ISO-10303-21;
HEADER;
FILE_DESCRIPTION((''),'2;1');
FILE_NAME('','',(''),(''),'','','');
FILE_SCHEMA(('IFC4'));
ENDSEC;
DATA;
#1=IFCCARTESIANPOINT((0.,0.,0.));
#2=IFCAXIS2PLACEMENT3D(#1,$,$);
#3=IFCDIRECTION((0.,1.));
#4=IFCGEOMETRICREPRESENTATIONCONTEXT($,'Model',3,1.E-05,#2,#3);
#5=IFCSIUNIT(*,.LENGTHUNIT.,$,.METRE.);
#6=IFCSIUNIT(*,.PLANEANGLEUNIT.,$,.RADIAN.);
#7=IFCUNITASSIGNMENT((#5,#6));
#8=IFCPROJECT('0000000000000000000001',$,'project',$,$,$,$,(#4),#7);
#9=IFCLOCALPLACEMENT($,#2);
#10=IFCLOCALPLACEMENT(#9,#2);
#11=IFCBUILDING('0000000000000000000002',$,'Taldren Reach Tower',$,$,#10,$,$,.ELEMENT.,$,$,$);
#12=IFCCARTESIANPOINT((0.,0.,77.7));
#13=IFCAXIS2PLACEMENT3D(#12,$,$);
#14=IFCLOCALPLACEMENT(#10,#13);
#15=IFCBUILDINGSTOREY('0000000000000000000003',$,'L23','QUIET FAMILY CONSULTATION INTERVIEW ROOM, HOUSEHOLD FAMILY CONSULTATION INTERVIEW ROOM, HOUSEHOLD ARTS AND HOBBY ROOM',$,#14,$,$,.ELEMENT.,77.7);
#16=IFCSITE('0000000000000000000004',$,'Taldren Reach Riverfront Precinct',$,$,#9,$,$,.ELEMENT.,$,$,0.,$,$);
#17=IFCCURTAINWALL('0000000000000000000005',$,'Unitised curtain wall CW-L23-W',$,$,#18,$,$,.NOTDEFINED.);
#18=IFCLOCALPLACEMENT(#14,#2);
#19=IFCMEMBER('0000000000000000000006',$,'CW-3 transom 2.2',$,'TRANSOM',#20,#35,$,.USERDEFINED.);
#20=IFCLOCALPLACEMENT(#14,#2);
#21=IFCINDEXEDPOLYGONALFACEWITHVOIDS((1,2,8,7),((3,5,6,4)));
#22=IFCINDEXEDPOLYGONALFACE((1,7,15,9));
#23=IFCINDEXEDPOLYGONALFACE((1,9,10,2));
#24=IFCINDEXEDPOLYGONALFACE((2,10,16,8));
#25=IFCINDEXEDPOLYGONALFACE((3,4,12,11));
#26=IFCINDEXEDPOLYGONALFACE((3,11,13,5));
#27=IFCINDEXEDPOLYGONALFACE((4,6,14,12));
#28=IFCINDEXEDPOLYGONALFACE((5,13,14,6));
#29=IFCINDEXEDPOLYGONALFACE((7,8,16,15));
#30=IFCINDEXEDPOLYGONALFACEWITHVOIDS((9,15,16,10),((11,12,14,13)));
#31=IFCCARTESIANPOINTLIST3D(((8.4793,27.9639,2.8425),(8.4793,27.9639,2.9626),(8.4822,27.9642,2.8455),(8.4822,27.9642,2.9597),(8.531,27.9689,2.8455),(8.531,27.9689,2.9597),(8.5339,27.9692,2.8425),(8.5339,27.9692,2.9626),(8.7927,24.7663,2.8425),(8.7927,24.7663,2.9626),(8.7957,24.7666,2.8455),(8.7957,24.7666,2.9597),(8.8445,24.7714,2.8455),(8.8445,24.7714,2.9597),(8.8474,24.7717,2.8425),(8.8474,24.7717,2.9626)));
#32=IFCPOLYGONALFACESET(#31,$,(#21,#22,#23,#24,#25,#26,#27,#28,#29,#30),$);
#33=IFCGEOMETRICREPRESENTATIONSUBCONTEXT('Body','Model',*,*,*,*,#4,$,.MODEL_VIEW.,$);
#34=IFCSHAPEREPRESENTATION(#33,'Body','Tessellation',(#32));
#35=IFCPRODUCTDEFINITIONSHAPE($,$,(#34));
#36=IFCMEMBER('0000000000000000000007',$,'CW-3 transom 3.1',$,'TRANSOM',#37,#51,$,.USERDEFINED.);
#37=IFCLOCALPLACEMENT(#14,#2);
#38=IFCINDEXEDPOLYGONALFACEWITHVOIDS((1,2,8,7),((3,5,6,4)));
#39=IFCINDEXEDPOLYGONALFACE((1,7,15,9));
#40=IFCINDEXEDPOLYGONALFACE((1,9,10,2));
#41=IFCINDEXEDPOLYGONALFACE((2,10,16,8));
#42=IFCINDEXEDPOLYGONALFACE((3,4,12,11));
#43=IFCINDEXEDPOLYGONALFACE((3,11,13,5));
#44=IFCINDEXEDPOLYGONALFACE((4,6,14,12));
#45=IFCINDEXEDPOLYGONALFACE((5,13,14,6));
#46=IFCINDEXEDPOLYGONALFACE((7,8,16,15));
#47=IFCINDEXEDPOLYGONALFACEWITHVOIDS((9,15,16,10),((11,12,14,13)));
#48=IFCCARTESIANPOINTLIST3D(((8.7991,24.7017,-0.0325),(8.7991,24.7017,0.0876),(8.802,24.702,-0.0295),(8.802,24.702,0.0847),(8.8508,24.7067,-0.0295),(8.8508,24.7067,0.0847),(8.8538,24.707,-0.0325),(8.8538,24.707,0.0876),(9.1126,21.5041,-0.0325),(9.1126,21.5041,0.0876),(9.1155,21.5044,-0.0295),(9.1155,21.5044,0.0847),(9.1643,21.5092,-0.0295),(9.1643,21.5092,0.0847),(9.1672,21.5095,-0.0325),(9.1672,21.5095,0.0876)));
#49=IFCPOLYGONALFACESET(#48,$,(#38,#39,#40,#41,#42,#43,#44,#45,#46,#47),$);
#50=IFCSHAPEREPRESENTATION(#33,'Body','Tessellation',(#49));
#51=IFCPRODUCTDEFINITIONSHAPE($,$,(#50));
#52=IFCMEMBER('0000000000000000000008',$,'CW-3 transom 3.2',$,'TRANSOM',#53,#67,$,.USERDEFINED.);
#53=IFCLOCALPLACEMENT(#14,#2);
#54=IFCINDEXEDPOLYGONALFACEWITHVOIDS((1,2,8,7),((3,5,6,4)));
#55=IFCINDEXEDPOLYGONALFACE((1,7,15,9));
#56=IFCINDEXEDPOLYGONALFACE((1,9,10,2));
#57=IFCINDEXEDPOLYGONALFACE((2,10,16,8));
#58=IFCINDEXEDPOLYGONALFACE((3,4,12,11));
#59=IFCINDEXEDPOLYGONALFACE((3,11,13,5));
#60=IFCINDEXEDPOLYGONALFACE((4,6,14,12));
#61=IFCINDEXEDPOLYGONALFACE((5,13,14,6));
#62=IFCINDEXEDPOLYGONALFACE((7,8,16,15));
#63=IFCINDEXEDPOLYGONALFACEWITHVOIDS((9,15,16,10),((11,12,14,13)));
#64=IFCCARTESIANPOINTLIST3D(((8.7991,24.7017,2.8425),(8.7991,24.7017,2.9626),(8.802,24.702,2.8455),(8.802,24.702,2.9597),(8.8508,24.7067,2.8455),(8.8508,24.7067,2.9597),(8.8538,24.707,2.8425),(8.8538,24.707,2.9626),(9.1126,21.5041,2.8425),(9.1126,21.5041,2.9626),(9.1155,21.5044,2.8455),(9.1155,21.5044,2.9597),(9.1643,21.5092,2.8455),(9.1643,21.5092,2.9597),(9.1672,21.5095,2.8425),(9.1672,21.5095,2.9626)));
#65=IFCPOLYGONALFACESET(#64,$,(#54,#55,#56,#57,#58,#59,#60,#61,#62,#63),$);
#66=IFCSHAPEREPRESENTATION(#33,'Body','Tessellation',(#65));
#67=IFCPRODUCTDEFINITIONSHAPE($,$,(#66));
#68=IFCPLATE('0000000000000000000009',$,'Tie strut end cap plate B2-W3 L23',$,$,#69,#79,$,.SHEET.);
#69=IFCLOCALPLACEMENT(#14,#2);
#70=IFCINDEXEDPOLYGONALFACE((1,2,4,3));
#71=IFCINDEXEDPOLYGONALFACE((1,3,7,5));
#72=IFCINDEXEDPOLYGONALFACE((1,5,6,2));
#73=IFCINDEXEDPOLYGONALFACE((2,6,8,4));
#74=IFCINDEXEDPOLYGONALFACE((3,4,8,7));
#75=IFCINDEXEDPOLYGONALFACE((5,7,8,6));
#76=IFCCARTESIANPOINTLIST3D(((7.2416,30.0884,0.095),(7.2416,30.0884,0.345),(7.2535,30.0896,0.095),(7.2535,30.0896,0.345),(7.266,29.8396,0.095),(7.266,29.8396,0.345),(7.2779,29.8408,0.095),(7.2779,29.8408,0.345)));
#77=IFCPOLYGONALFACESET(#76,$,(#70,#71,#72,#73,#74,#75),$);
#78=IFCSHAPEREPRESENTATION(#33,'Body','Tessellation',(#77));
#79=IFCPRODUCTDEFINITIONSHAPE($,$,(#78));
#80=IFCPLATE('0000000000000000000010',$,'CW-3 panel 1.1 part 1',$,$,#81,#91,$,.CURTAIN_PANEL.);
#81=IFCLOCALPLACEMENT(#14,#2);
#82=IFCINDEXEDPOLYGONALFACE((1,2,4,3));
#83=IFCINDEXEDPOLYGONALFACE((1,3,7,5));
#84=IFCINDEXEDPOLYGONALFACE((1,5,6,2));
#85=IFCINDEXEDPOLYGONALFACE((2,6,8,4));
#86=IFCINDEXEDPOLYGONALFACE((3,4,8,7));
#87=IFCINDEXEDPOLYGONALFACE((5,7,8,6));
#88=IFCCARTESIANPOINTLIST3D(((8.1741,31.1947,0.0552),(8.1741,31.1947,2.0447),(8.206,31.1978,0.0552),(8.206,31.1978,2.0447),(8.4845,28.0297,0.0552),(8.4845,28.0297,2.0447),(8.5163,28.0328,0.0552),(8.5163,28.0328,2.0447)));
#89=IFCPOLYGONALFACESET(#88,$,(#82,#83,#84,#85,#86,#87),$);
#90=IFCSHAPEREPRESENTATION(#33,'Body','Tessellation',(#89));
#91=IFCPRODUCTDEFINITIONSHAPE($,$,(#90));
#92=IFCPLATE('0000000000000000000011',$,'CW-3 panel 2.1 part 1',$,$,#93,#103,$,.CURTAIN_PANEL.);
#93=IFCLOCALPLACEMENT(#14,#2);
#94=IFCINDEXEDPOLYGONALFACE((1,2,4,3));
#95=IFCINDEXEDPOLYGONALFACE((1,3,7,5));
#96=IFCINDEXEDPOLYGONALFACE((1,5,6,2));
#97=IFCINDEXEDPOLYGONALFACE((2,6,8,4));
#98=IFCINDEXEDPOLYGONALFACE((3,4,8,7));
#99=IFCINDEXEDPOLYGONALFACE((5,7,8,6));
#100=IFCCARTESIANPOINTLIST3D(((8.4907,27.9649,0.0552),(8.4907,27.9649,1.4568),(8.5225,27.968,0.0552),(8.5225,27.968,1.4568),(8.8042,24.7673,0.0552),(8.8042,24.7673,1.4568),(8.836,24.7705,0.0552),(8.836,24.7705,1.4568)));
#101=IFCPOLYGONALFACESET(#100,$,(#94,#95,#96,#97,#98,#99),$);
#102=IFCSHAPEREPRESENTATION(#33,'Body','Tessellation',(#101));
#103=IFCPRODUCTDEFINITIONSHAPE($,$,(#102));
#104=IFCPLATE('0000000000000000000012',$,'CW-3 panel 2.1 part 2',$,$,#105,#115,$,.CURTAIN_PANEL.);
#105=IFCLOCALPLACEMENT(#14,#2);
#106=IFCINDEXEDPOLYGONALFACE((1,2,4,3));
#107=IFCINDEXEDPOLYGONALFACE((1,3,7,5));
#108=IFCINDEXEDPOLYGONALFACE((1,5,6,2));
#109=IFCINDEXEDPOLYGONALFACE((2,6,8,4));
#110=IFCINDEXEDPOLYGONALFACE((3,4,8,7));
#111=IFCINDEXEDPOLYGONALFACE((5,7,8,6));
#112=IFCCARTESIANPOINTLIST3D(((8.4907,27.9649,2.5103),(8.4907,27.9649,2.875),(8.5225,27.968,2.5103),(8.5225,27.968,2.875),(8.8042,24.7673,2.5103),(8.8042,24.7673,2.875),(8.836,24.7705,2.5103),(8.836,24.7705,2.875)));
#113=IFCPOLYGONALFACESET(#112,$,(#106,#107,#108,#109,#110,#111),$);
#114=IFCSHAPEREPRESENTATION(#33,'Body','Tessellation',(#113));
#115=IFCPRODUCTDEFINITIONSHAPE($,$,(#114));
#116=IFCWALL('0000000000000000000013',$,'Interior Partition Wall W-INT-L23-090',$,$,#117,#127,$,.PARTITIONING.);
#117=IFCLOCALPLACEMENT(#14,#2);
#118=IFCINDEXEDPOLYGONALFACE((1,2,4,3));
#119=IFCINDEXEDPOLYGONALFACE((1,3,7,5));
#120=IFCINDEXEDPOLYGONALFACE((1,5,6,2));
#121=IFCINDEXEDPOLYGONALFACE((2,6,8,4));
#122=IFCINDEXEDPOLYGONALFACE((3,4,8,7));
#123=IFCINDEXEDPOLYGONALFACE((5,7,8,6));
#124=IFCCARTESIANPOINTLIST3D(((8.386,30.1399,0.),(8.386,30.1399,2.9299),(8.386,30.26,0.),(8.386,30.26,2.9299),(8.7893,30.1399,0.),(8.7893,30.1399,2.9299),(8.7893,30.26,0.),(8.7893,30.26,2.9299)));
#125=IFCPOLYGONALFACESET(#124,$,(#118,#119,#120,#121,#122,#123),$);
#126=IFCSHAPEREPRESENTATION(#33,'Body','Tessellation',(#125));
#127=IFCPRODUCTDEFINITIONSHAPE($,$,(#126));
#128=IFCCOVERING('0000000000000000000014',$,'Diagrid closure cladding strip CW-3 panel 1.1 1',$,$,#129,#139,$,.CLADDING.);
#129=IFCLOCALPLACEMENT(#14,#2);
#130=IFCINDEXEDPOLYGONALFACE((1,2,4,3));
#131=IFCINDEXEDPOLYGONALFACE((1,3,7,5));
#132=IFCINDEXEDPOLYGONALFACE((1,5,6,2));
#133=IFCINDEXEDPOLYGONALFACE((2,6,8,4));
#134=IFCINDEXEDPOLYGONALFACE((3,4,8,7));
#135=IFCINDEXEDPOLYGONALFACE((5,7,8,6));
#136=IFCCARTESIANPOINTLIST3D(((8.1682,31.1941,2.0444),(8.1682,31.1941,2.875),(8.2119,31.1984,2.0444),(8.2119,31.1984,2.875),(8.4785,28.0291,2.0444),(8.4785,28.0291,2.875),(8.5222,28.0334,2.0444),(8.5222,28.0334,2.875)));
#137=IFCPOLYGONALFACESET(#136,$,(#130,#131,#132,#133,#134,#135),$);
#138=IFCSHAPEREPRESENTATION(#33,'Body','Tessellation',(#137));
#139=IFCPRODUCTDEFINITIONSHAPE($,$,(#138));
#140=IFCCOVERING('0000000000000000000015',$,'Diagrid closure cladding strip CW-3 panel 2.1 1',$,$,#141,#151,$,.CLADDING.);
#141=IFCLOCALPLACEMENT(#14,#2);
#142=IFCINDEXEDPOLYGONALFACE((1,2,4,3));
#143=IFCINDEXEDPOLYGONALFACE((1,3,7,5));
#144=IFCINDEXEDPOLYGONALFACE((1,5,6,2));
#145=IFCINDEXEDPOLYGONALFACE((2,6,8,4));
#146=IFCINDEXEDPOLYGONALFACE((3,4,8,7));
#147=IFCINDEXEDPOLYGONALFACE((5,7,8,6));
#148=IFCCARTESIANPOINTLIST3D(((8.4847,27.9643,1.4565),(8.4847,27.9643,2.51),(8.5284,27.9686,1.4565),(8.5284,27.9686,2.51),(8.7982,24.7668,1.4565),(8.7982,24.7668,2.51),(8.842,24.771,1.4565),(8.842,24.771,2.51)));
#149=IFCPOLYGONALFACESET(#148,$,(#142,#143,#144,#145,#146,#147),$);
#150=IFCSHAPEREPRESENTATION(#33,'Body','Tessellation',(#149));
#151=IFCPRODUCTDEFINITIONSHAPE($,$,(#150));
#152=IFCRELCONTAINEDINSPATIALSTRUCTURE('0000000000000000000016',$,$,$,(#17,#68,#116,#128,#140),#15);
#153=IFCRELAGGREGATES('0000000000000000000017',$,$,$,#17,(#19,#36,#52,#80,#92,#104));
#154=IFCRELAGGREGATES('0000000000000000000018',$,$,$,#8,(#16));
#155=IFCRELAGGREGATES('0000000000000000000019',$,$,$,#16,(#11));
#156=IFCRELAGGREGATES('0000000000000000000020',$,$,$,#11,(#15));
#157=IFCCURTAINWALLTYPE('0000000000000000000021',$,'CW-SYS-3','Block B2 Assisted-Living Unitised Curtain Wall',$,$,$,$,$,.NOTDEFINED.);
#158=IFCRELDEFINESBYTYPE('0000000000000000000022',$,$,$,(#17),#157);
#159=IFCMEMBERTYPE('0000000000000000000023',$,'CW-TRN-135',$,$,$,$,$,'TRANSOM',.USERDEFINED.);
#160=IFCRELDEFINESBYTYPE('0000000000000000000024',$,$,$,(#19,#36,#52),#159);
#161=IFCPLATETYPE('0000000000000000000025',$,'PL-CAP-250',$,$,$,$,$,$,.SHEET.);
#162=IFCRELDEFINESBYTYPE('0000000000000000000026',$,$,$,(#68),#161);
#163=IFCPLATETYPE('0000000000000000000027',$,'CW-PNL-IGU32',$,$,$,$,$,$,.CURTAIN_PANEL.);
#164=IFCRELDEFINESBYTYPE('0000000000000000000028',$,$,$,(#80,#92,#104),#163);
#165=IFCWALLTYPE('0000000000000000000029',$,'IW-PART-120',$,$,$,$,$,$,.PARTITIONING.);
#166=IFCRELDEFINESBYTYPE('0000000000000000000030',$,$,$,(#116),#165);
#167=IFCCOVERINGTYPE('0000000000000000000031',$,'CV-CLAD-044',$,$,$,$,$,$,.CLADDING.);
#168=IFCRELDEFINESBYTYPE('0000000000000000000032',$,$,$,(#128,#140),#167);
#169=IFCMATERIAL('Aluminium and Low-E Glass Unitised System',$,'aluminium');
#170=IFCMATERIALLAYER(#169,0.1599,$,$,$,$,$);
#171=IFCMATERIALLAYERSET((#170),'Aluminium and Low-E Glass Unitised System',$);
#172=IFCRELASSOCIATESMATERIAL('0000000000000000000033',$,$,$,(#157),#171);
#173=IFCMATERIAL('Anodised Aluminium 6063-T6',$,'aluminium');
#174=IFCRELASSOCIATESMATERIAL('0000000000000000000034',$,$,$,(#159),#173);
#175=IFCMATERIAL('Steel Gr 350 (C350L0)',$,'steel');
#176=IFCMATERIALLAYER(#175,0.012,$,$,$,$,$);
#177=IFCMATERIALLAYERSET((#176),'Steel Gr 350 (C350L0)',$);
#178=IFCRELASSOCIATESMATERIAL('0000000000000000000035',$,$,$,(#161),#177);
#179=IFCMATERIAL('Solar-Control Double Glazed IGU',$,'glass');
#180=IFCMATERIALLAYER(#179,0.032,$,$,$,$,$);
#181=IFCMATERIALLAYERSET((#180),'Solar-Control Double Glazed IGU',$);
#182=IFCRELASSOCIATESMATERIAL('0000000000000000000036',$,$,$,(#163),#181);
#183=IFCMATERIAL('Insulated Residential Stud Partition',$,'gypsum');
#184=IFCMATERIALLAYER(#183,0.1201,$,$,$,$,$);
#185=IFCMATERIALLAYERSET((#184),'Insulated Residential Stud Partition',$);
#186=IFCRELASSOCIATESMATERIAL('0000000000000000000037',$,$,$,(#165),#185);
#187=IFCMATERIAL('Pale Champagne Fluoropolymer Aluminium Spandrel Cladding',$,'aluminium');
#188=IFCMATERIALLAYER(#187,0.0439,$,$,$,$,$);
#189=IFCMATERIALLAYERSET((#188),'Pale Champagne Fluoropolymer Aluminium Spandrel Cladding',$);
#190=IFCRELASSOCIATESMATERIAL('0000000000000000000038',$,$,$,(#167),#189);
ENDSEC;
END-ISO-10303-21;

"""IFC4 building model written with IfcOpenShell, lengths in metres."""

from ifc_helpers import new_model, si_unit, direction, frame, frame_2d, origin, origin_2d, place, context, subcontext, project, spatial, rectangle, hollow_rectangle, extrude, source, transform, mapped, material, layer, layer_set, material_profile, profile_set, type_object, element, aggregate, save


model = new_model("IFC4")

# Units and contexts
model_context = context("Model", 3, precision=1e-05, world=origin(), true_north=direction((0.0, 1.0)))
body_context = subcontext(model_context, "Body", "Model", "MODEL_VIEW")
ifc_project = project(units=[si_unit("LENGTHUNIT", "METRE"), si_unit("PLANEANGLEUNIT", "RADIAN")], contexts=[model_context])

# Site, building, storey
site_placement = place(None, origin())
site = spatial("IfcSite", under=ifc_project, at=site_placement, Name="Taldren Reach Riverfront Precinct", CompositionType="ELEMENT", RefElevation=0.0)
building_placement = place(site_placement, origin())
building = spatial("IfcBuilding", under=site, at=building_placement, Name="Taldren Reach Tower", CompositionType="ELEMENT")
storey_placement = place(building_placement, frame((0.0, 0.0, 77.7)))
storey = spatial("IfcBuildingStorey", under=building, at=storey_placement, Name="L23", Description="QUIET FAMILY CONSULTATION INTERVIEW ROOM, HOUSEHOLD FAMILY CONSULTATION INTERVIEW ROOM, HOUSEHOLD ARTS AND HOBBY ROOM", CompositionType="ELEMENT", Elevation=77.7)

# Shared definitions
ifc_material_1 = material(Name="Steel Gr 350 (C350L0)", Category="steel")

# Curtain wall, members
ifc_material_2 = material(Name="Aluminium and Low-E Glass Unitised System", Category="aluminium")
ifc_layer_1 = layer(ifc_material_2, 0.1599)
ifc_layer_set_1 = layer_set([ifc_layer_1], Name="Aluminium and Low-E Glass Unitised System")
curtain_wall_type = type_object("IfcCurtainWallType", Name="CW-SYS-3", Description="Block B2 Assisted-Living Unitised Curtain Wall", PredefinedType="NOTDEFINED", material=ifc_layer_set_1)
curtain_wall_placement = place(storey_placement, origin())
curtain_wall = element("IfcCurtainWall", 1, at=curtain_wall_placement, inside=storey, type_object=curtain_wall_type, Name="Unitised curtain wall CW-L23-W", PredefinedType="NOTDEFINED")
ifc_material_3 = material(Name="Anodised Aluminium 6063-T6", Category="aluminium")
ifc_material_profile_1 = material_profile(ifc_material_3, hollow_rectangle(XDim=0.0549, YDim=0.1201, WallThickness=0.0029, at=origin_2d()), Name="ALU-120x55x3RHS")
ifc_profile_set_1 = profile_set([ifc_material_profile_1], Name="Anodised Aluminium 6063-T6")
member_type_1 = type_object("IfcMemberType", Name="CW-TRN-135", ElementType="TRANSOM", PredefinedType="USERDEFINED", material=ifc_profile_set_1)
shared_shape_1 = source(origin(), body_context, "Body", "SweptSolid", [
    extrude(hollow_rectangle(XDim=0.0549, YDim=0.1201, WallThickness=0.0029, at=origin_2d()), origin(), (0.0, 0.0, 1.0), 3.2129),
])
member_1_placement = place(storey_placement, frame((8.5066, 27.9666, 2.9026), z_axis=(0.09757, -0.995229, 0.0), x_axis=(0.995229, 0.09757, 0.0)))
member_1 = element("IfcMember", 2, at=member_1_placement, type_object=member_type_1, Name="CW-3 transom 2.2", ObjectType="TRANSOM", PredefinedType="USERDEFINED", context=body_context, shape_type="MappedRepresentation", body=[
    mapped(shared_shape_1, transform((0.0, 0.0, 0.0), scale=1.0)),
])
member_2_placement = place(storey_placement, frame((8.8264, 24.7043, 0.0276), z_axis=(0.09757, -0.995229, 0.0), x_axis=(0.995229, 0.09757, 0.0)))
member_2 = element("IfcMember", 3, at=member_2_placement, type_object=member_type_1, Name="CW-3 transom 3.1", ObjectType="TRANSOM", PredefinedType="USERDEFINED", context=body_context, shape_type="MappedRepresentation", body=[
    mapped(shared_shape_1, transform((0.0, 0.0, 0.0), scale=1.0)),
])
member_3_placement = place(storey_placement, frame((8.8264, 24.7043, 2.9026), z_axis=(0.09757, -0.995229, 0.0), x_axis=(0.995229, 0.09757, 0.0)))
member_3 = element("IfcMember", 4, at=member_3_placement, type_object=member_type_1, Name="CW-3 transom 3.2", ObjectType="TRANSOM", PredefinedType="USERDEFINED", context=body_context, shape_type="MappedRepresentation", body=[
    mapped(shared_shape_1, transform((0.0, 0.0, 0.0), scale=1.0)),
])

# Plates
ifc_layer_2 = layer(ifc_material_1, 0.012)
ifc_layer_set_2 = layer_set([ifc_layer_2], Name="Steel Gr 350 (C350L0)")
plate_type_1 = type_object("IfcPlateType", Name="PL-CAP-250", PredefinedType="SHEET", material=ifc_layer_set_2)
shared_shape_2 = source(origin(), body_context, "Body", "SweptSolid", [
    extrude(rectangle(XDim=0.012, YDim=0.25, at=origin_2d()), origin(), (0.0, 0.0, 1.0), 0.25),
])
plate_1_placement = place(storey_placement, frame((7.2598, 29.9646, 0.095), z_axis=(0.0, 0.0, 1.0), x_axis=(0.995227, 0.097583, 0.0)))
element("IfcPlate", 5, at=plate_1_placement, inside=storey, type_object=plate_type_1, Name="Tie strut end cap plate B2-W3 L23", PredefinedType="SHEET", context=body_context, shape_type="MappedRepresentation", body=[
    mapped(shared_shape_2, transform((0.0, 0.0, 0.0), scale=1.0)),
])
ifc_material_4 = material(Name="Solar-Control Double Glazed IGU", Category="glass")
ifc_layer_3 = layer(ifc_material_4, 0.032)
ifc_layer_set_3 = layer_set([ifc_layer_3], Name="Solar-Control Double Glazed IGU")
plate_type_2 = type_object("IfcPlateType", Name="CW-PNL-IGU32", PredefinedType="CURTAIN_PANEL", material=ifc_layer_set_3)
shared_shape_3 = source(origin(), body_context, "Body", "SweptSolid", [
    extrude(rectangle(XDim=3.1802, YDim=0.032, at=origin_2d()), origin(), (0.0, 0.0, 1.0), 1.9895),
])
plate_2_placement = place(storey_placement, frame((8.3452, 29.6138, 0.0552), z_axis=(0.0, 0.0, 1.0), x_axis=(0.097583, -0.995227, 0.0)))
plate_2 = element("IfcPlate", 6, at=plate_2_placement, type_object=plate_type_2, Name="CW-3 panel 1.1 part 1", PredefinedType="CURTAIN_PANEL", context=body_context, shape_type="MappedRepresentation", body=[
    mapped(shared_shape_3, transform((0.0, 0.0, 0.0), scale=1.0)),
])
shared_shape_4 = source(origin(), body_context, "Body", "SweptSolid", [
    extrude(rectangle(XDim=3.2129, YDim=0.032, at=origin_2d()), origin(), (0.0, 0.0, 1.0), 1.4016),
])
plate_3_placement = place(storey_placement, frame((8.6633, 26.3677, 0.0552), z_axis=(0.0, 0.0, 1.0), x_axis=(0.097583, -0.995227, 0.0)))
plate_3 = element("IfcPlate", 7, at=plate_3_placement, type_object=plate_type_2, Name="CW-3 panel 2.1 part 1", PredefinedType="CURTAIN_PANEL", context=body_context, shape_type="MappedRepresentation", body=[
    mapped(shared_shape_4, transform((0.0, 0.0, 0.0), scale=1.0)),
])
shared_shape_5 = source(origin(), body_context, "Body", "SweptSolid", [
    extrude(rectangle(XDim=3.2129, YDim=0.032, at=origin_2d()), origin(), (0.0, 0.0, 1.0), 0.3647),
])
plate_4_placement = place(storey_placement, frame((8.6633, 26.3677, 2.5103), z_axis=(0.0, 0.0, 1.0), x_axis=(0.097583, -0.995227, 0.0)))
plate_4 = element("IfcPlate", 8, at=plate_4_placement, type_object=plate_type_2, Name="CW-3 panel 2.1 part 2", PredefinedType="CURTAIN_PANEL", context=body_context, shape_type="MappedRepresentation", body=[
    mapped(shared_shape_5, transform((0.0, 0.0, 0.0), scale=1.0)),
])
aggregate(curtain_wall, [member_1, member_2, member_3, plate_2, plate_3, plate_4])

# Wall
ifc_material_5 = material(Name="Insulated Residential Stud Partition", Category="gypsum")
ifc_layer_4 = layer(ifc_material_5, 0.1201)
ifc_layer_set_4 = layer_set([ifc_layer_4], Name="Insulated Residential Stud Partition")
wall_type = type_object("IfcWallType", Name="IW-PART-120", PredefinedType="PARTITIONING", material=ifc_layer_set_4)
shared_shape_6 = source(origin(), body_context, "Body", "SweptSolid", [
    extrude(rectangle(XDim=0.4033, YDim=0.1201, at=frame_2d((0.2017, 0.0))), origin(), (0.0, 0.0, 1.0), 2.9299),
])
wall_placement = place(storey_placement, frame((8.386, 30.2, 0.0), z_axis=(0.0, 0.0, 1.0), x_axis=(1.0, 0.0, 0.0)))
element("IfcWall", 9, at=wall_placement, inside=storey, type_object=wall_type, Name="Interior Partition Wall W-INT-L23-090", PredefinedType="PARTITIONING", context=body_context, shape_type="MappedRepresentation", body=[
    mapped(shared_shape_6, transform((0.0, 0.0, 0.0), scale=1.0)),
])

# Coverings
ifc_material_6 = material(Name="Pale Champagne Fluoropolymer Aluminium Spandrel Cladding", Category="aluminium")
ifc_layer_5 = layer(ifc_material_6, 0.0439)
ifc_layer_set_5 = layer_set([ifc_layer_5], Name="Pale Champagne Fluoropolymer Aluminium Spandrel Cladding")
covering_type = type_object("IfcCoveringType", Name="CV-CLAD-044", PredefinedType="CLADDING", material=ifc_layer_set_5)
shared_shape_7 = source(origin(), body_context, "Body", "SweptSolid", [
    extrude(rectangle(XDim=3.1802, YDim=0.0439, at=origin_2d()), origin(), (0.0, 0.0, 1.0), 0.8306),
])
covering_1_placement = place(storey_placement, frame((8.3452, 29.6138, 2.0444), z_axis=(0.0, 0.0, 1.0), x_axis=(0.097583, -0.995227, 0.0)))
element("IfcCovering", 10, at=covering_1_placement, inside=storey, type_object=covering_type, Name="Diagrid closure cladding strip CW-3 panel 1.1 1", PredefinedType="CLADDING", context=body_context, shape_type="MappedRepresentation", body=[
    mapped(shared_shape_7, transform((0.0, 0.0, 0.0), scale=1.0)),
])
shared_shape_8 = source(origin(), body_context, "Body", "SweptSolid", [
    extrude(rectangle(XDim=3.2129, YDim=0.0439, at=origin_2d()), origin(), (0.0, 0.0, 1.0), 1.0535),
])
covering_2_placement = place(storey_placement, frame((8.6633, 26.3677, 1.4565), z_axis=(0.0, 0.0, 1.0), x_axis=(0.097583, -0.995227, 0.0)))
element("IfcCovering", 11, at=covering_2_placement, inside=storey, type_object=covering_type, Name="Diagrid closure cladding strip CW-3 panel 2.1 1", PredefinedType="CLADDING", context=body_context, shape_type="MappedRepresentation", body=[
    mapped(shared_shape_8, transform((0.0, 0.0, 0.0), scale=1.0)),
])

save(model, "model.ifc")
